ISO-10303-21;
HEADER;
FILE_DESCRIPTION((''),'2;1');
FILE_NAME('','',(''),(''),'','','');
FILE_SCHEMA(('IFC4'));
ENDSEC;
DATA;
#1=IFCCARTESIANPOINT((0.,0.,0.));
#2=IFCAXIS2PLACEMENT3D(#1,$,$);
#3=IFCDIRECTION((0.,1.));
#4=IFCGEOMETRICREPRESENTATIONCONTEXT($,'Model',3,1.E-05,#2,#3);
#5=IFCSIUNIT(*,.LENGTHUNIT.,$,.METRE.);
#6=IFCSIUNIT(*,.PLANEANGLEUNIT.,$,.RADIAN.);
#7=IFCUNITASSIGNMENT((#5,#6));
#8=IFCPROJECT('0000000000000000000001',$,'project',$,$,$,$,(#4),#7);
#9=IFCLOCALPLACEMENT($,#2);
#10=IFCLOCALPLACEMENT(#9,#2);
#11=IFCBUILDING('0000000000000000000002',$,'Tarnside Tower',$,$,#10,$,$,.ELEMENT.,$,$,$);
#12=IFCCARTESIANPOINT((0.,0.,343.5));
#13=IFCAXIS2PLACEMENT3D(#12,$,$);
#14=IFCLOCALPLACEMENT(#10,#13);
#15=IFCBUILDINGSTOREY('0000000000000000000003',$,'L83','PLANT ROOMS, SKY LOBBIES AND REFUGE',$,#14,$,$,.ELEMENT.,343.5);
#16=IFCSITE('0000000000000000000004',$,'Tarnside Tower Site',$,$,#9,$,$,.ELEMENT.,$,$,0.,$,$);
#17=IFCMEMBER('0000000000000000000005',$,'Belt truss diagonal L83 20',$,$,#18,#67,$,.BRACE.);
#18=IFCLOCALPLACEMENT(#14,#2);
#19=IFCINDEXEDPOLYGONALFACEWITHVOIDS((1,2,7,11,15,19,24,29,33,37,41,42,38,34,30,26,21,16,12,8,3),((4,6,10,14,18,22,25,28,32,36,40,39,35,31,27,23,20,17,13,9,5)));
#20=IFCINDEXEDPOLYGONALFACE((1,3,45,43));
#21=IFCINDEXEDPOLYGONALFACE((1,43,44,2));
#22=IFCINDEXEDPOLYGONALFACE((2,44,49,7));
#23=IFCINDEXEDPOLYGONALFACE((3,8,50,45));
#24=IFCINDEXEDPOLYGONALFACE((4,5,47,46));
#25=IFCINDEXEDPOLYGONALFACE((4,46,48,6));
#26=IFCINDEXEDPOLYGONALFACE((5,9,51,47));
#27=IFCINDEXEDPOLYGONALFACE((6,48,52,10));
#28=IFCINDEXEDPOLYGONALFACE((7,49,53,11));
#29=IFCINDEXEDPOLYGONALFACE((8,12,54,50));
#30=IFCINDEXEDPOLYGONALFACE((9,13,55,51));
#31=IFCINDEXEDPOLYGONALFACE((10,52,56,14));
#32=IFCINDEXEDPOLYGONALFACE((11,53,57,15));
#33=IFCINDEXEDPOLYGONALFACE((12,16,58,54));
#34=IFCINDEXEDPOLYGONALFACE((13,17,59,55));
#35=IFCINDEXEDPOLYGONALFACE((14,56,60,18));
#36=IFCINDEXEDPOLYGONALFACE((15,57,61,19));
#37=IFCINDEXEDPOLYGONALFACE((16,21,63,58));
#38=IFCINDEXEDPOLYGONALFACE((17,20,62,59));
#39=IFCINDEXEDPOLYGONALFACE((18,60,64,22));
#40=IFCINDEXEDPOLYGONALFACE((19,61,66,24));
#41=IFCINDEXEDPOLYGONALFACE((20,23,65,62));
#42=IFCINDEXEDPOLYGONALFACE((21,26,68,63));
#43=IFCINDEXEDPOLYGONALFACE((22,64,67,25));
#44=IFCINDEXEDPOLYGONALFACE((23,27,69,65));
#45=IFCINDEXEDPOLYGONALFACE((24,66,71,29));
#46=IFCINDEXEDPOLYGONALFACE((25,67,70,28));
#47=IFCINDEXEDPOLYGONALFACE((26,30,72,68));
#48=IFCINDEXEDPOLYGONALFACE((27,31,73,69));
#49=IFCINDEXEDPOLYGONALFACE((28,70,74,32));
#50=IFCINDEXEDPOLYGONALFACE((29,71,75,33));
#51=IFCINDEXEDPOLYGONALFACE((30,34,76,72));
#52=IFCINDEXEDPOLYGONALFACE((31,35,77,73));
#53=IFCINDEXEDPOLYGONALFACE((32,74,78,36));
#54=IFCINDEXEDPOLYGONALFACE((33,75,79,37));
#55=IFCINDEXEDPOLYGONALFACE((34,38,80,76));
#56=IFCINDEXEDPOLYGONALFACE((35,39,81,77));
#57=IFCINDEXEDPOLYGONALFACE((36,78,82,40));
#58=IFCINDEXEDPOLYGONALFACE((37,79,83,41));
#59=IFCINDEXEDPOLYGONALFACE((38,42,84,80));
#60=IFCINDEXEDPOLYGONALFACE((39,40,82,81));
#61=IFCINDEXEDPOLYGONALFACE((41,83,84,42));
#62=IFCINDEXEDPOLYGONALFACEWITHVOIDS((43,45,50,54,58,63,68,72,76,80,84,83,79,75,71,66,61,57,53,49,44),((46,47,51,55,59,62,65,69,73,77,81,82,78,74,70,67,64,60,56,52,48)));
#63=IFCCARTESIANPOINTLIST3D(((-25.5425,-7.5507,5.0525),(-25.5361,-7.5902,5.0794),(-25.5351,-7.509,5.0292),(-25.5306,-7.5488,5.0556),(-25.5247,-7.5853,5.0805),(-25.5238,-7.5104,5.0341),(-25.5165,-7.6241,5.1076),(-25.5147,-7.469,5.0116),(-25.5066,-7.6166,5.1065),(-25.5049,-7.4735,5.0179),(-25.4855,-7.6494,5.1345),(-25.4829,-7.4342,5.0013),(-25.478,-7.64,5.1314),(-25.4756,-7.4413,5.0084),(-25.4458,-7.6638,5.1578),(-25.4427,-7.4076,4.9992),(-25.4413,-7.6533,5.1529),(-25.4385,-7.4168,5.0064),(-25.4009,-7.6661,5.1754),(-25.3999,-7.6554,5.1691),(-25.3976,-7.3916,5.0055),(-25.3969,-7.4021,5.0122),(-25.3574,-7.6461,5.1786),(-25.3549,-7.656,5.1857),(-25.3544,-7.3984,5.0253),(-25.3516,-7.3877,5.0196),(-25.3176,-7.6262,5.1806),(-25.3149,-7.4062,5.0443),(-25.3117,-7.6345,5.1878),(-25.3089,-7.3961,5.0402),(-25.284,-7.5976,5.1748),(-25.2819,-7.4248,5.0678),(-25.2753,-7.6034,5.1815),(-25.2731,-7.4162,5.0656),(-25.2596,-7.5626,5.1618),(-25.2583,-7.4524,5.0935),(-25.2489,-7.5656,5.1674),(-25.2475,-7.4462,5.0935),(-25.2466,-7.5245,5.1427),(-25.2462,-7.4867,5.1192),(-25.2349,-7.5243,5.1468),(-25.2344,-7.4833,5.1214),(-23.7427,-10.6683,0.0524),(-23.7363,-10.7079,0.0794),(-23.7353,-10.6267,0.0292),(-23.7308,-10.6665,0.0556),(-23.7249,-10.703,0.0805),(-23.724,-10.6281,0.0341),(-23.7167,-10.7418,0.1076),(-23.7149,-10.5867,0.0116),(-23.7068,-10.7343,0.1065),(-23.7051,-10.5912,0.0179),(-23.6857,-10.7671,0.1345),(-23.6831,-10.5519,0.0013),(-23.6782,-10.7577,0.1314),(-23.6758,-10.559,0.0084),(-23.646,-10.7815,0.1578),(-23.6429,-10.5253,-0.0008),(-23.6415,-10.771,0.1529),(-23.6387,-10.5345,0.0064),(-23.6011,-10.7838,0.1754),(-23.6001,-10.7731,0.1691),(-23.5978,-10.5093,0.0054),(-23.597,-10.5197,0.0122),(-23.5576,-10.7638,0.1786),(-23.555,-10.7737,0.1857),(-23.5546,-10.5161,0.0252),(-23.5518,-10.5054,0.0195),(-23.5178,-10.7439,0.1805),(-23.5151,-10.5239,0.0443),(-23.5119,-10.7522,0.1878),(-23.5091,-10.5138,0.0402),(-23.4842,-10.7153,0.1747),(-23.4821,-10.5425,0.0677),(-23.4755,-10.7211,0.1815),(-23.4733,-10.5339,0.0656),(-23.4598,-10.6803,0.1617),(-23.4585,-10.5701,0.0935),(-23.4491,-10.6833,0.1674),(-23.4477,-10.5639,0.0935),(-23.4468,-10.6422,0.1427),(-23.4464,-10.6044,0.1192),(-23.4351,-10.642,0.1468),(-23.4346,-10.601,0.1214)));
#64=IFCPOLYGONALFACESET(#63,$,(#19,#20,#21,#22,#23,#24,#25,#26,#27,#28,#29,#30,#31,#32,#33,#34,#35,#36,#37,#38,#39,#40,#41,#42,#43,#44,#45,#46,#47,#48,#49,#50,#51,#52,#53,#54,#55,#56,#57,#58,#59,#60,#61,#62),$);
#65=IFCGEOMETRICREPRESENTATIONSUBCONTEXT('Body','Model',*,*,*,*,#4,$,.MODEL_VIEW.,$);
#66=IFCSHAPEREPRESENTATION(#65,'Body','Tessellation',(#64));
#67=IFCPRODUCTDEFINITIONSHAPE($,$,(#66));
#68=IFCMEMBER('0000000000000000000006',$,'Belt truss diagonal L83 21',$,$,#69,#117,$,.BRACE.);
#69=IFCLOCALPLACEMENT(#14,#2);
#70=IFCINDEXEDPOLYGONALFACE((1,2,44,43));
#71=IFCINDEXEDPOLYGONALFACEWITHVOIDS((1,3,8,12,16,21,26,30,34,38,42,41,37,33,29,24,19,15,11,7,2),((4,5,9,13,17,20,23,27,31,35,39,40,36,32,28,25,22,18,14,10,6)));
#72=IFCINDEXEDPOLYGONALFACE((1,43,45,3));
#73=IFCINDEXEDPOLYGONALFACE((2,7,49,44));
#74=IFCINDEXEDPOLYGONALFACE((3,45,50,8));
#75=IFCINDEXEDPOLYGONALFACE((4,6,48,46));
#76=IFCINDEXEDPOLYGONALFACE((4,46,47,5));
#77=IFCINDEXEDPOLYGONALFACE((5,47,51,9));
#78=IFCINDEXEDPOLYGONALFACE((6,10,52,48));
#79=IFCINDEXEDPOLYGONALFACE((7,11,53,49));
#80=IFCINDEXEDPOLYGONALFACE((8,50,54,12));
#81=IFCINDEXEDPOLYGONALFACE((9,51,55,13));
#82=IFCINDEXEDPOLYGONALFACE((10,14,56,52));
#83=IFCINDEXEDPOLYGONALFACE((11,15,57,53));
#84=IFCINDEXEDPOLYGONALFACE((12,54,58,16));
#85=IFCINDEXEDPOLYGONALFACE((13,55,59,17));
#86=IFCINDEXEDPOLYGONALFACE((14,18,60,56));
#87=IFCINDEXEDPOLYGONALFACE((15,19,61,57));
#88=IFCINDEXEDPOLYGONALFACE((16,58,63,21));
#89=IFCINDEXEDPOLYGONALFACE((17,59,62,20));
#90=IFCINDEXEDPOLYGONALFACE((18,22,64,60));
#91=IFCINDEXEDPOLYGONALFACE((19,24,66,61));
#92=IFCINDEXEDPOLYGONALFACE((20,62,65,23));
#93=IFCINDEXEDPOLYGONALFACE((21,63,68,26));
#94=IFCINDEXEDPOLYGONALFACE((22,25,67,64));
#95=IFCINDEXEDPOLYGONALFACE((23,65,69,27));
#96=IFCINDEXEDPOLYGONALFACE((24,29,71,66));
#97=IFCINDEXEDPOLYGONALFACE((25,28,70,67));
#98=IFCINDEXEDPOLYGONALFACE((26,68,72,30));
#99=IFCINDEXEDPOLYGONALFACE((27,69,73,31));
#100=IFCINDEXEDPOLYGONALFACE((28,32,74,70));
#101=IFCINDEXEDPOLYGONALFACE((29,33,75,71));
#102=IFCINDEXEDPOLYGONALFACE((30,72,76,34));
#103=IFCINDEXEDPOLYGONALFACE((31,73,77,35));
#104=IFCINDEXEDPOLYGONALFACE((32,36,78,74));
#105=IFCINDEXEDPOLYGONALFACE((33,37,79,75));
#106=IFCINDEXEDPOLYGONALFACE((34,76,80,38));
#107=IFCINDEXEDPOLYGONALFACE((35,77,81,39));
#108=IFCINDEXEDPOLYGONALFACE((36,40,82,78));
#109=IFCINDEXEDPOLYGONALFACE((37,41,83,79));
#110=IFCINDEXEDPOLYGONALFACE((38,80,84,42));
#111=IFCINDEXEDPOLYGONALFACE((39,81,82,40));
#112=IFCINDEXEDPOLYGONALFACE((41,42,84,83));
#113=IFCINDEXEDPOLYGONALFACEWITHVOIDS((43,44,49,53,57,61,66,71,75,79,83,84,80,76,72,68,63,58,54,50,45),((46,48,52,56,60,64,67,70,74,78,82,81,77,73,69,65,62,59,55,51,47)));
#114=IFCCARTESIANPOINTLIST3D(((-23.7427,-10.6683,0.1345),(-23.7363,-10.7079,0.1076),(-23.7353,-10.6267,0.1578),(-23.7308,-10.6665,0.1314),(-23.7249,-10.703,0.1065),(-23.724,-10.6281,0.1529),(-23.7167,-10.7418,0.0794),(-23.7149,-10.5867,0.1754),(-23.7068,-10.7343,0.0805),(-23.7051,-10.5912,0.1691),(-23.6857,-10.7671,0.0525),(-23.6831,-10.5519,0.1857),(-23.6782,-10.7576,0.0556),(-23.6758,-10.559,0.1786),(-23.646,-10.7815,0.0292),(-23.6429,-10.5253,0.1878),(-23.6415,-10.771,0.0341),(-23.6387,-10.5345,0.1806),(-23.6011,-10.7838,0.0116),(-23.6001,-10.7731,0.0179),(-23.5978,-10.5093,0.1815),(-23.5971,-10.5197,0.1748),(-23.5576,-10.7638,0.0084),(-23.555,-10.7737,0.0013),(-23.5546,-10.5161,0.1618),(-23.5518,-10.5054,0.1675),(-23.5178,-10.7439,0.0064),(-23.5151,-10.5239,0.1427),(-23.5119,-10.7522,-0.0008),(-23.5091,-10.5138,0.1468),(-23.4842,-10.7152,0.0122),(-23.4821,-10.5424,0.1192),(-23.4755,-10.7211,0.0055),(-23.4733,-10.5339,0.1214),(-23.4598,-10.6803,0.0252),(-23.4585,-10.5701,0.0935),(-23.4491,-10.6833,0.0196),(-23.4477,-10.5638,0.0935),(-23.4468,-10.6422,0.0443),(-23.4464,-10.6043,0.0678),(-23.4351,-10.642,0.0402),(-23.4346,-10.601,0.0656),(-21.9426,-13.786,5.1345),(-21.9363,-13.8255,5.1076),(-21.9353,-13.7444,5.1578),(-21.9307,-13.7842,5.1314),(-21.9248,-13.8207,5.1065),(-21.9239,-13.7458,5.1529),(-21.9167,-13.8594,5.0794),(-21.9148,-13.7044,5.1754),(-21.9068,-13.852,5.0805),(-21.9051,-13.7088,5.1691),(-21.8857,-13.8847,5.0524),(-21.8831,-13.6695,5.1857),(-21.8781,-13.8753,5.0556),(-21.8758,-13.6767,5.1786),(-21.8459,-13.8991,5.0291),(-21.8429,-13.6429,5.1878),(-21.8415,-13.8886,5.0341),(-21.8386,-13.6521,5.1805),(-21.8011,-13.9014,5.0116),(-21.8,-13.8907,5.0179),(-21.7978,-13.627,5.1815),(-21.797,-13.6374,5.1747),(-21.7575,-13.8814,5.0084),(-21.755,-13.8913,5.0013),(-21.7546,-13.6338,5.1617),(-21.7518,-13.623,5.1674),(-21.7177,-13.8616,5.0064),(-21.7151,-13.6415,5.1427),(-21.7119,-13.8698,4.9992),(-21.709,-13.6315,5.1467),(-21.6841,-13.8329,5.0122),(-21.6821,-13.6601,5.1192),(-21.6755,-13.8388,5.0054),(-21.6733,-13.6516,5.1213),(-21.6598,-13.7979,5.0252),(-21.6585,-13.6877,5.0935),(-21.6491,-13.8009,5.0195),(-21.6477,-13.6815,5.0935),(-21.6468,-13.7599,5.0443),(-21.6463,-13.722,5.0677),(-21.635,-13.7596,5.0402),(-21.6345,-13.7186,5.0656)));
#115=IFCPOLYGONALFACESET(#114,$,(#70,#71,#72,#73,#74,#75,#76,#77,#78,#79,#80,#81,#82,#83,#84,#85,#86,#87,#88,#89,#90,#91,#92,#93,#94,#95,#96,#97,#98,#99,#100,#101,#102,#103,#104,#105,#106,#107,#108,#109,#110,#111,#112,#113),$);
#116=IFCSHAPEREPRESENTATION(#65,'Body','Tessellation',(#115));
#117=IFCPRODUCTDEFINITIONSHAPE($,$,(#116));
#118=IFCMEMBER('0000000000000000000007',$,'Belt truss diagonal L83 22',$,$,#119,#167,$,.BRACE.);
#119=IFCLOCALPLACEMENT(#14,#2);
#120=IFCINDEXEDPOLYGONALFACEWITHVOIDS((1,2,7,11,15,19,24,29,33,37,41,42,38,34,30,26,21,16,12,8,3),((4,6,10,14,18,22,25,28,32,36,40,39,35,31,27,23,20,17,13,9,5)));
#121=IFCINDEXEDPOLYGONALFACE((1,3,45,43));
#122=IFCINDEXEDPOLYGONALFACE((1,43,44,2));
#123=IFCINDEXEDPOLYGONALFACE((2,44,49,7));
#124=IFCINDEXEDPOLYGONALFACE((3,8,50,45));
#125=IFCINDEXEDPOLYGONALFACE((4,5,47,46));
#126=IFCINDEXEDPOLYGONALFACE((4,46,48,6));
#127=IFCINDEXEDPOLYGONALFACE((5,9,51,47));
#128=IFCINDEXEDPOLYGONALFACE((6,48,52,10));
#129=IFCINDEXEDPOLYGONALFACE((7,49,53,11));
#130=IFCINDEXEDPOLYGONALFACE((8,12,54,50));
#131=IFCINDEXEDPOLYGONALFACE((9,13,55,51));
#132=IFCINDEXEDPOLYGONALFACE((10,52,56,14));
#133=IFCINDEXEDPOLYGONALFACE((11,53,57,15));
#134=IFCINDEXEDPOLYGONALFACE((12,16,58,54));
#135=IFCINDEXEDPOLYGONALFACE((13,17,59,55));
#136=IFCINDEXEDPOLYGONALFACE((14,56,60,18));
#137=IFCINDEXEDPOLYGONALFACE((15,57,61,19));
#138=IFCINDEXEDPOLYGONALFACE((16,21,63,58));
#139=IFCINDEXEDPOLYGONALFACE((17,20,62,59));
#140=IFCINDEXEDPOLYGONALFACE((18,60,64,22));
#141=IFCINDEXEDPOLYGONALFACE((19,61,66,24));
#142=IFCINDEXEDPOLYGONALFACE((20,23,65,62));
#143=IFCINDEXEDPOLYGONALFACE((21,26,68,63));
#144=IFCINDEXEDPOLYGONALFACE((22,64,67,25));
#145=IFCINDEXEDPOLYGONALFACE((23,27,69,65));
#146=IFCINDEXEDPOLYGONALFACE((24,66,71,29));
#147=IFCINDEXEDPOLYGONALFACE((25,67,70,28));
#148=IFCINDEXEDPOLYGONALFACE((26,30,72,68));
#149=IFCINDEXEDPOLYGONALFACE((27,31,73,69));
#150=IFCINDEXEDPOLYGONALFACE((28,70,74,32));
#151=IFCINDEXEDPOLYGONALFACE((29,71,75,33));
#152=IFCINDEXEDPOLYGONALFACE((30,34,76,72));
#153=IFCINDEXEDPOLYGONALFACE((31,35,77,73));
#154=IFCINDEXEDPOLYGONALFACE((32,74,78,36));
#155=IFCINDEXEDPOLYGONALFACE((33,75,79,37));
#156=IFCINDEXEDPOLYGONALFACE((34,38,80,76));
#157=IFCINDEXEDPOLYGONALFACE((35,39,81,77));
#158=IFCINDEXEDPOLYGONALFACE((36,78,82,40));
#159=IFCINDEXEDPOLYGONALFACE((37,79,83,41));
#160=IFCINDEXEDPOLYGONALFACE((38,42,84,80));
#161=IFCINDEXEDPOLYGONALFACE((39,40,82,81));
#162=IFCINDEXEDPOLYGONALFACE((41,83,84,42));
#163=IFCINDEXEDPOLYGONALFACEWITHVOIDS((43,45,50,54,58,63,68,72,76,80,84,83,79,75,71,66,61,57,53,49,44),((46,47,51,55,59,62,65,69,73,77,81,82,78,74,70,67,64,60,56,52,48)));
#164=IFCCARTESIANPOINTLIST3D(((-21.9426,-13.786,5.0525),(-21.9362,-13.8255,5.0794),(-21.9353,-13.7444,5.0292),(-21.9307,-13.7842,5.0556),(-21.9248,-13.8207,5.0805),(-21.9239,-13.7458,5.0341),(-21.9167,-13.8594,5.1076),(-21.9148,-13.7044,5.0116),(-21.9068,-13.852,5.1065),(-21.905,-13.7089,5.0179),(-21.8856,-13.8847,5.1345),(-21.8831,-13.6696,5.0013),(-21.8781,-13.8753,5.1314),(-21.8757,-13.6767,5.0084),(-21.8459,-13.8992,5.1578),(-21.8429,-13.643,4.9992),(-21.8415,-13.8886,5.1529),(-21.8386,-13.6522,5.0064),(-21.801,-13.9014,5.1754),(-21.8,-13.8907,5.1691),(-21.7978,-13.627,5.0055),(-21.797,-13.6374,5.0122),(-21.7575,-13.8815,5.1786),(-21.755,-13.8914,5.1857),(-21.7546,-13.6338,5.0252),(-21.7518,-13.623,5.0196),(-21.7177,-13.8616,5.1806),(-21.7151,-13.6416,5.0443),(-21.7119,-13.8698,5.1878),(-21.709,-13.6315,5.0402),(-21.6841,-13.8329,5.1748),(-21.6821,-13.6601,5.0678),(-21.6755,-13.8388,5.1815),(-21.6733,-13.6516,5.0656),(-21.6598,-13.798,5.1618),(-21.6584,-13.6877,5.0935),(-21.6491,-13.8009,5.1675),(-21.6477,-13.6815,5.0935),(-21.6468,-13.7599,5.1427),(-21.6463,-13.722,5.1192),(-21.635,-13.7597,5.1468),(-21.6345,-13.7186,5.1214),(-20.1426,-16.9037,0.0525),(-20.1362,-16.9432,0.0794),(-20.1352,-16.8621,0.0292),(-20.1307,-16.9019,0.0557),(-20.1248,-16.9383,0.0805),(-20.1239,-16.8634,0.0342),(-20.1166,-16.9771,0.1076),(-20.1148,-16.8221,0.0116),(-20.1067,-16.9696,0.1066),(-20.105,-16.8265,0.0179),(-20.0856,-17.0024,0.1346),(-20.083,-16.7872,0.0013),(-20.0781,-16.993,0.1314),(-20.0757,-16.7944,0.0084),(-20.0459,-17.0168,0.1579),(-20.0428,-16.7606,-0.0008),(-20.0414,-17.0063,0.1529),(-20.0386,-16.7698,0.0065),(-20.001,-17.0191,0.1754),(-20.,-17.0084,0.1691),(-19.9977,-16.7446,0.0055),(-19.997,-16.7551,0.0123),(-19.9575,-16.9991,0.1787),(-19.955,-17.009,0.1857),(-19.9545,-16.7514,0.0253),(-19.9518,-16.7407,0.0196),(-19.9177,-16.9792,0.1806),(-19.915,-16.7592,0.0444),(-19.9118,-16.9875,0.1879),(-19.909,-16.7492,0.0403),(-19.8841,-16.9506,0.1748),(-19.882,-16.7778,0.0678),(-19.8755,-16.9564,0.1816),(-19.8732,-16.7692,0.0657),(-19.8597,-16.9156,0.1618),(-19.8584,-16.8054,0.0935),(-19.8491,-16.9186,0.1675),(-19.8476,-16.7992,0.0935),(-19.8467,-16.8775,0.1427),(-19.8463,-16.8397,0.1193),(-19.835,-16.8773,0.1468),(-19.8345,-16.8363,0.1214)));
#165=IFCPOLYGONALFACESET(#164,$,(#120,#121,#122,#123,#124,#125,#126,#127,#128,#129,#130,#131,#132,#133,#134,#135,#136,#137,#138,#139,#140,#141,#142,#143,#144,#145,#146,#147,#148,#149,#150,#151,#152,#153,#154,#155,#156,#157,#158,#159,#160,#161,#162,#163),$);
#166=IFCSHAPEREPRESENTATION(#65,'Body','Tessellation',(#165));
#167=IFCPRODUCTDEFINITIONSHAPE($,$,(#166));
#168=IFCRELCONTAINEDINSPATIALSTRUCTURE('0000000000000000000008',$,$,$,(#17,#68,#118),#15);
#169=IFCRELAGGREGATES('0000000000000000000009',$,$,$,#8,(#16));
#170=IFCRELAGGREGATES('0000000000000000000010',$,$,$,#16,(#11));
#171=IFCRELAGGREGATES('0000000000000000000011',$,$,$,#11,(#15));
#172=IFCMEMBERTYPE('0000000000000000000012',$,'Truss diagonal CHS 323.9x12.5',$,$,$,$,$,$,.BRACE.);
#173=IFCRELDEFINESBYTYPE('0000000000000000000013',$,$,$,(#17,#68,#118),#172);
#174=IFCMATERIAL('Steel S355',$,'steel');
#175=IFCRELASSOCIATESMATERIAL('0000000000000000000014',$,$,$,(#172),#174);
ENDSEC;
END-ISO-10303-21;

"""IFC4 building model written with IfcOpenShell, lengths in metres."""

from ifc_helpers import new_model, si_unit, direction, frame, origin, origin_2d, place, context, subcontext, project, spatial, hollow_circle, extrude, material, material_profile, profile_set, type_object, element, save


model = new_model("IFC4")

# Units and contexts
model_context = context("Model", 3, precision=1e-05, world=origin(), true_north=direction((0.0, 1.0)))
body_context = subcontext(model_context, "Body", "Model", "MODEL_VIEW")
ifc_project = project(units=[si_unit("LENGTHUNIT", "METRE"), si_unit("PLANEANGLEUNIT", "RADIAN")], contexts=[model_context])

# Site, building, storey
site_placement = place(None, origin())
site = spatial("IfcSite", under=ifc_project, at=site_placement, Name="Tarnside Tower Site", CompositionType="ELEMENT", RefElevation=0.0)
building_placement = place(site_placement, origin())
building = spatial("IfcBuilding", under=site, at=building_placement, Name="Tarnside Tower", CompositionType="ELEMENT")
storey_placement = place(building_placement, frame((0.0, 0.0, 343.5)))
storey = spatial("IfcBuildingStorey", under=building, at=storey_placement, Name="L83", Description="PLANT ROOMS, SKY LOBBIES AND REFUGE", CompositionType="ELEMENT", Elevation=343.5)

# Shared definitions
ifc_material_1 = material(Name="Steel S355", Category="steel")

# Members
ifc_material_profile_1 = material_profile(ifc_material_1, hollow_circle(Radius=0.1619, WallThickness=0.0125, at=origin_2d()), Name="CHS 323.9x12.5")
ifc_profile_set_1 = profile_set([ifc_material_profile_1], Name="Steel S355")
member_type_1 = type_object("IfcMemberType", Name="Truss diagonal CHS 323.9x12.5", PredefinedType="BRACE", material=ifc_profile_set_1)
for number, where, z_axis, x_axis, name in (
    (1, (-25.3877, -7.5271, 5.0935), (0.292124, -0.506026, -0.811543), (0.866048, 0.499961, 0.0), "Belt truss diagonal L83 20"),
    (2, (-23.5879, -10.6448, 0.0935), (0.29216, -0.50602, 0.811534), (0.866018, 0.500012, 0.0), "Belt truss diagonal L83 21"),
    (3, (-21.7878, -13.7625, 5.0935), (0.29216, -0.50602, -0.811534), (0.866018, 0.500012, 0.0), "Belt truss diagonal L83 22"),
):
    element("IfcMember", number, at=place(storey_placement, frame(where, z_axis=z_axis, x_axis=x_axis)), inside=storey, type_object=member_type_1, Name=name, PredefinedType="BRACE", context=body_context, shape_type="SweptSolid", body=[
        extrude(hollow_circle(Radius=0.1619, WallThickness=0.0125, at=origin_2d()), origin(), (0.0, 0.0, 1.0), 6.1611),
    ])

save(model, "model.ifc")
